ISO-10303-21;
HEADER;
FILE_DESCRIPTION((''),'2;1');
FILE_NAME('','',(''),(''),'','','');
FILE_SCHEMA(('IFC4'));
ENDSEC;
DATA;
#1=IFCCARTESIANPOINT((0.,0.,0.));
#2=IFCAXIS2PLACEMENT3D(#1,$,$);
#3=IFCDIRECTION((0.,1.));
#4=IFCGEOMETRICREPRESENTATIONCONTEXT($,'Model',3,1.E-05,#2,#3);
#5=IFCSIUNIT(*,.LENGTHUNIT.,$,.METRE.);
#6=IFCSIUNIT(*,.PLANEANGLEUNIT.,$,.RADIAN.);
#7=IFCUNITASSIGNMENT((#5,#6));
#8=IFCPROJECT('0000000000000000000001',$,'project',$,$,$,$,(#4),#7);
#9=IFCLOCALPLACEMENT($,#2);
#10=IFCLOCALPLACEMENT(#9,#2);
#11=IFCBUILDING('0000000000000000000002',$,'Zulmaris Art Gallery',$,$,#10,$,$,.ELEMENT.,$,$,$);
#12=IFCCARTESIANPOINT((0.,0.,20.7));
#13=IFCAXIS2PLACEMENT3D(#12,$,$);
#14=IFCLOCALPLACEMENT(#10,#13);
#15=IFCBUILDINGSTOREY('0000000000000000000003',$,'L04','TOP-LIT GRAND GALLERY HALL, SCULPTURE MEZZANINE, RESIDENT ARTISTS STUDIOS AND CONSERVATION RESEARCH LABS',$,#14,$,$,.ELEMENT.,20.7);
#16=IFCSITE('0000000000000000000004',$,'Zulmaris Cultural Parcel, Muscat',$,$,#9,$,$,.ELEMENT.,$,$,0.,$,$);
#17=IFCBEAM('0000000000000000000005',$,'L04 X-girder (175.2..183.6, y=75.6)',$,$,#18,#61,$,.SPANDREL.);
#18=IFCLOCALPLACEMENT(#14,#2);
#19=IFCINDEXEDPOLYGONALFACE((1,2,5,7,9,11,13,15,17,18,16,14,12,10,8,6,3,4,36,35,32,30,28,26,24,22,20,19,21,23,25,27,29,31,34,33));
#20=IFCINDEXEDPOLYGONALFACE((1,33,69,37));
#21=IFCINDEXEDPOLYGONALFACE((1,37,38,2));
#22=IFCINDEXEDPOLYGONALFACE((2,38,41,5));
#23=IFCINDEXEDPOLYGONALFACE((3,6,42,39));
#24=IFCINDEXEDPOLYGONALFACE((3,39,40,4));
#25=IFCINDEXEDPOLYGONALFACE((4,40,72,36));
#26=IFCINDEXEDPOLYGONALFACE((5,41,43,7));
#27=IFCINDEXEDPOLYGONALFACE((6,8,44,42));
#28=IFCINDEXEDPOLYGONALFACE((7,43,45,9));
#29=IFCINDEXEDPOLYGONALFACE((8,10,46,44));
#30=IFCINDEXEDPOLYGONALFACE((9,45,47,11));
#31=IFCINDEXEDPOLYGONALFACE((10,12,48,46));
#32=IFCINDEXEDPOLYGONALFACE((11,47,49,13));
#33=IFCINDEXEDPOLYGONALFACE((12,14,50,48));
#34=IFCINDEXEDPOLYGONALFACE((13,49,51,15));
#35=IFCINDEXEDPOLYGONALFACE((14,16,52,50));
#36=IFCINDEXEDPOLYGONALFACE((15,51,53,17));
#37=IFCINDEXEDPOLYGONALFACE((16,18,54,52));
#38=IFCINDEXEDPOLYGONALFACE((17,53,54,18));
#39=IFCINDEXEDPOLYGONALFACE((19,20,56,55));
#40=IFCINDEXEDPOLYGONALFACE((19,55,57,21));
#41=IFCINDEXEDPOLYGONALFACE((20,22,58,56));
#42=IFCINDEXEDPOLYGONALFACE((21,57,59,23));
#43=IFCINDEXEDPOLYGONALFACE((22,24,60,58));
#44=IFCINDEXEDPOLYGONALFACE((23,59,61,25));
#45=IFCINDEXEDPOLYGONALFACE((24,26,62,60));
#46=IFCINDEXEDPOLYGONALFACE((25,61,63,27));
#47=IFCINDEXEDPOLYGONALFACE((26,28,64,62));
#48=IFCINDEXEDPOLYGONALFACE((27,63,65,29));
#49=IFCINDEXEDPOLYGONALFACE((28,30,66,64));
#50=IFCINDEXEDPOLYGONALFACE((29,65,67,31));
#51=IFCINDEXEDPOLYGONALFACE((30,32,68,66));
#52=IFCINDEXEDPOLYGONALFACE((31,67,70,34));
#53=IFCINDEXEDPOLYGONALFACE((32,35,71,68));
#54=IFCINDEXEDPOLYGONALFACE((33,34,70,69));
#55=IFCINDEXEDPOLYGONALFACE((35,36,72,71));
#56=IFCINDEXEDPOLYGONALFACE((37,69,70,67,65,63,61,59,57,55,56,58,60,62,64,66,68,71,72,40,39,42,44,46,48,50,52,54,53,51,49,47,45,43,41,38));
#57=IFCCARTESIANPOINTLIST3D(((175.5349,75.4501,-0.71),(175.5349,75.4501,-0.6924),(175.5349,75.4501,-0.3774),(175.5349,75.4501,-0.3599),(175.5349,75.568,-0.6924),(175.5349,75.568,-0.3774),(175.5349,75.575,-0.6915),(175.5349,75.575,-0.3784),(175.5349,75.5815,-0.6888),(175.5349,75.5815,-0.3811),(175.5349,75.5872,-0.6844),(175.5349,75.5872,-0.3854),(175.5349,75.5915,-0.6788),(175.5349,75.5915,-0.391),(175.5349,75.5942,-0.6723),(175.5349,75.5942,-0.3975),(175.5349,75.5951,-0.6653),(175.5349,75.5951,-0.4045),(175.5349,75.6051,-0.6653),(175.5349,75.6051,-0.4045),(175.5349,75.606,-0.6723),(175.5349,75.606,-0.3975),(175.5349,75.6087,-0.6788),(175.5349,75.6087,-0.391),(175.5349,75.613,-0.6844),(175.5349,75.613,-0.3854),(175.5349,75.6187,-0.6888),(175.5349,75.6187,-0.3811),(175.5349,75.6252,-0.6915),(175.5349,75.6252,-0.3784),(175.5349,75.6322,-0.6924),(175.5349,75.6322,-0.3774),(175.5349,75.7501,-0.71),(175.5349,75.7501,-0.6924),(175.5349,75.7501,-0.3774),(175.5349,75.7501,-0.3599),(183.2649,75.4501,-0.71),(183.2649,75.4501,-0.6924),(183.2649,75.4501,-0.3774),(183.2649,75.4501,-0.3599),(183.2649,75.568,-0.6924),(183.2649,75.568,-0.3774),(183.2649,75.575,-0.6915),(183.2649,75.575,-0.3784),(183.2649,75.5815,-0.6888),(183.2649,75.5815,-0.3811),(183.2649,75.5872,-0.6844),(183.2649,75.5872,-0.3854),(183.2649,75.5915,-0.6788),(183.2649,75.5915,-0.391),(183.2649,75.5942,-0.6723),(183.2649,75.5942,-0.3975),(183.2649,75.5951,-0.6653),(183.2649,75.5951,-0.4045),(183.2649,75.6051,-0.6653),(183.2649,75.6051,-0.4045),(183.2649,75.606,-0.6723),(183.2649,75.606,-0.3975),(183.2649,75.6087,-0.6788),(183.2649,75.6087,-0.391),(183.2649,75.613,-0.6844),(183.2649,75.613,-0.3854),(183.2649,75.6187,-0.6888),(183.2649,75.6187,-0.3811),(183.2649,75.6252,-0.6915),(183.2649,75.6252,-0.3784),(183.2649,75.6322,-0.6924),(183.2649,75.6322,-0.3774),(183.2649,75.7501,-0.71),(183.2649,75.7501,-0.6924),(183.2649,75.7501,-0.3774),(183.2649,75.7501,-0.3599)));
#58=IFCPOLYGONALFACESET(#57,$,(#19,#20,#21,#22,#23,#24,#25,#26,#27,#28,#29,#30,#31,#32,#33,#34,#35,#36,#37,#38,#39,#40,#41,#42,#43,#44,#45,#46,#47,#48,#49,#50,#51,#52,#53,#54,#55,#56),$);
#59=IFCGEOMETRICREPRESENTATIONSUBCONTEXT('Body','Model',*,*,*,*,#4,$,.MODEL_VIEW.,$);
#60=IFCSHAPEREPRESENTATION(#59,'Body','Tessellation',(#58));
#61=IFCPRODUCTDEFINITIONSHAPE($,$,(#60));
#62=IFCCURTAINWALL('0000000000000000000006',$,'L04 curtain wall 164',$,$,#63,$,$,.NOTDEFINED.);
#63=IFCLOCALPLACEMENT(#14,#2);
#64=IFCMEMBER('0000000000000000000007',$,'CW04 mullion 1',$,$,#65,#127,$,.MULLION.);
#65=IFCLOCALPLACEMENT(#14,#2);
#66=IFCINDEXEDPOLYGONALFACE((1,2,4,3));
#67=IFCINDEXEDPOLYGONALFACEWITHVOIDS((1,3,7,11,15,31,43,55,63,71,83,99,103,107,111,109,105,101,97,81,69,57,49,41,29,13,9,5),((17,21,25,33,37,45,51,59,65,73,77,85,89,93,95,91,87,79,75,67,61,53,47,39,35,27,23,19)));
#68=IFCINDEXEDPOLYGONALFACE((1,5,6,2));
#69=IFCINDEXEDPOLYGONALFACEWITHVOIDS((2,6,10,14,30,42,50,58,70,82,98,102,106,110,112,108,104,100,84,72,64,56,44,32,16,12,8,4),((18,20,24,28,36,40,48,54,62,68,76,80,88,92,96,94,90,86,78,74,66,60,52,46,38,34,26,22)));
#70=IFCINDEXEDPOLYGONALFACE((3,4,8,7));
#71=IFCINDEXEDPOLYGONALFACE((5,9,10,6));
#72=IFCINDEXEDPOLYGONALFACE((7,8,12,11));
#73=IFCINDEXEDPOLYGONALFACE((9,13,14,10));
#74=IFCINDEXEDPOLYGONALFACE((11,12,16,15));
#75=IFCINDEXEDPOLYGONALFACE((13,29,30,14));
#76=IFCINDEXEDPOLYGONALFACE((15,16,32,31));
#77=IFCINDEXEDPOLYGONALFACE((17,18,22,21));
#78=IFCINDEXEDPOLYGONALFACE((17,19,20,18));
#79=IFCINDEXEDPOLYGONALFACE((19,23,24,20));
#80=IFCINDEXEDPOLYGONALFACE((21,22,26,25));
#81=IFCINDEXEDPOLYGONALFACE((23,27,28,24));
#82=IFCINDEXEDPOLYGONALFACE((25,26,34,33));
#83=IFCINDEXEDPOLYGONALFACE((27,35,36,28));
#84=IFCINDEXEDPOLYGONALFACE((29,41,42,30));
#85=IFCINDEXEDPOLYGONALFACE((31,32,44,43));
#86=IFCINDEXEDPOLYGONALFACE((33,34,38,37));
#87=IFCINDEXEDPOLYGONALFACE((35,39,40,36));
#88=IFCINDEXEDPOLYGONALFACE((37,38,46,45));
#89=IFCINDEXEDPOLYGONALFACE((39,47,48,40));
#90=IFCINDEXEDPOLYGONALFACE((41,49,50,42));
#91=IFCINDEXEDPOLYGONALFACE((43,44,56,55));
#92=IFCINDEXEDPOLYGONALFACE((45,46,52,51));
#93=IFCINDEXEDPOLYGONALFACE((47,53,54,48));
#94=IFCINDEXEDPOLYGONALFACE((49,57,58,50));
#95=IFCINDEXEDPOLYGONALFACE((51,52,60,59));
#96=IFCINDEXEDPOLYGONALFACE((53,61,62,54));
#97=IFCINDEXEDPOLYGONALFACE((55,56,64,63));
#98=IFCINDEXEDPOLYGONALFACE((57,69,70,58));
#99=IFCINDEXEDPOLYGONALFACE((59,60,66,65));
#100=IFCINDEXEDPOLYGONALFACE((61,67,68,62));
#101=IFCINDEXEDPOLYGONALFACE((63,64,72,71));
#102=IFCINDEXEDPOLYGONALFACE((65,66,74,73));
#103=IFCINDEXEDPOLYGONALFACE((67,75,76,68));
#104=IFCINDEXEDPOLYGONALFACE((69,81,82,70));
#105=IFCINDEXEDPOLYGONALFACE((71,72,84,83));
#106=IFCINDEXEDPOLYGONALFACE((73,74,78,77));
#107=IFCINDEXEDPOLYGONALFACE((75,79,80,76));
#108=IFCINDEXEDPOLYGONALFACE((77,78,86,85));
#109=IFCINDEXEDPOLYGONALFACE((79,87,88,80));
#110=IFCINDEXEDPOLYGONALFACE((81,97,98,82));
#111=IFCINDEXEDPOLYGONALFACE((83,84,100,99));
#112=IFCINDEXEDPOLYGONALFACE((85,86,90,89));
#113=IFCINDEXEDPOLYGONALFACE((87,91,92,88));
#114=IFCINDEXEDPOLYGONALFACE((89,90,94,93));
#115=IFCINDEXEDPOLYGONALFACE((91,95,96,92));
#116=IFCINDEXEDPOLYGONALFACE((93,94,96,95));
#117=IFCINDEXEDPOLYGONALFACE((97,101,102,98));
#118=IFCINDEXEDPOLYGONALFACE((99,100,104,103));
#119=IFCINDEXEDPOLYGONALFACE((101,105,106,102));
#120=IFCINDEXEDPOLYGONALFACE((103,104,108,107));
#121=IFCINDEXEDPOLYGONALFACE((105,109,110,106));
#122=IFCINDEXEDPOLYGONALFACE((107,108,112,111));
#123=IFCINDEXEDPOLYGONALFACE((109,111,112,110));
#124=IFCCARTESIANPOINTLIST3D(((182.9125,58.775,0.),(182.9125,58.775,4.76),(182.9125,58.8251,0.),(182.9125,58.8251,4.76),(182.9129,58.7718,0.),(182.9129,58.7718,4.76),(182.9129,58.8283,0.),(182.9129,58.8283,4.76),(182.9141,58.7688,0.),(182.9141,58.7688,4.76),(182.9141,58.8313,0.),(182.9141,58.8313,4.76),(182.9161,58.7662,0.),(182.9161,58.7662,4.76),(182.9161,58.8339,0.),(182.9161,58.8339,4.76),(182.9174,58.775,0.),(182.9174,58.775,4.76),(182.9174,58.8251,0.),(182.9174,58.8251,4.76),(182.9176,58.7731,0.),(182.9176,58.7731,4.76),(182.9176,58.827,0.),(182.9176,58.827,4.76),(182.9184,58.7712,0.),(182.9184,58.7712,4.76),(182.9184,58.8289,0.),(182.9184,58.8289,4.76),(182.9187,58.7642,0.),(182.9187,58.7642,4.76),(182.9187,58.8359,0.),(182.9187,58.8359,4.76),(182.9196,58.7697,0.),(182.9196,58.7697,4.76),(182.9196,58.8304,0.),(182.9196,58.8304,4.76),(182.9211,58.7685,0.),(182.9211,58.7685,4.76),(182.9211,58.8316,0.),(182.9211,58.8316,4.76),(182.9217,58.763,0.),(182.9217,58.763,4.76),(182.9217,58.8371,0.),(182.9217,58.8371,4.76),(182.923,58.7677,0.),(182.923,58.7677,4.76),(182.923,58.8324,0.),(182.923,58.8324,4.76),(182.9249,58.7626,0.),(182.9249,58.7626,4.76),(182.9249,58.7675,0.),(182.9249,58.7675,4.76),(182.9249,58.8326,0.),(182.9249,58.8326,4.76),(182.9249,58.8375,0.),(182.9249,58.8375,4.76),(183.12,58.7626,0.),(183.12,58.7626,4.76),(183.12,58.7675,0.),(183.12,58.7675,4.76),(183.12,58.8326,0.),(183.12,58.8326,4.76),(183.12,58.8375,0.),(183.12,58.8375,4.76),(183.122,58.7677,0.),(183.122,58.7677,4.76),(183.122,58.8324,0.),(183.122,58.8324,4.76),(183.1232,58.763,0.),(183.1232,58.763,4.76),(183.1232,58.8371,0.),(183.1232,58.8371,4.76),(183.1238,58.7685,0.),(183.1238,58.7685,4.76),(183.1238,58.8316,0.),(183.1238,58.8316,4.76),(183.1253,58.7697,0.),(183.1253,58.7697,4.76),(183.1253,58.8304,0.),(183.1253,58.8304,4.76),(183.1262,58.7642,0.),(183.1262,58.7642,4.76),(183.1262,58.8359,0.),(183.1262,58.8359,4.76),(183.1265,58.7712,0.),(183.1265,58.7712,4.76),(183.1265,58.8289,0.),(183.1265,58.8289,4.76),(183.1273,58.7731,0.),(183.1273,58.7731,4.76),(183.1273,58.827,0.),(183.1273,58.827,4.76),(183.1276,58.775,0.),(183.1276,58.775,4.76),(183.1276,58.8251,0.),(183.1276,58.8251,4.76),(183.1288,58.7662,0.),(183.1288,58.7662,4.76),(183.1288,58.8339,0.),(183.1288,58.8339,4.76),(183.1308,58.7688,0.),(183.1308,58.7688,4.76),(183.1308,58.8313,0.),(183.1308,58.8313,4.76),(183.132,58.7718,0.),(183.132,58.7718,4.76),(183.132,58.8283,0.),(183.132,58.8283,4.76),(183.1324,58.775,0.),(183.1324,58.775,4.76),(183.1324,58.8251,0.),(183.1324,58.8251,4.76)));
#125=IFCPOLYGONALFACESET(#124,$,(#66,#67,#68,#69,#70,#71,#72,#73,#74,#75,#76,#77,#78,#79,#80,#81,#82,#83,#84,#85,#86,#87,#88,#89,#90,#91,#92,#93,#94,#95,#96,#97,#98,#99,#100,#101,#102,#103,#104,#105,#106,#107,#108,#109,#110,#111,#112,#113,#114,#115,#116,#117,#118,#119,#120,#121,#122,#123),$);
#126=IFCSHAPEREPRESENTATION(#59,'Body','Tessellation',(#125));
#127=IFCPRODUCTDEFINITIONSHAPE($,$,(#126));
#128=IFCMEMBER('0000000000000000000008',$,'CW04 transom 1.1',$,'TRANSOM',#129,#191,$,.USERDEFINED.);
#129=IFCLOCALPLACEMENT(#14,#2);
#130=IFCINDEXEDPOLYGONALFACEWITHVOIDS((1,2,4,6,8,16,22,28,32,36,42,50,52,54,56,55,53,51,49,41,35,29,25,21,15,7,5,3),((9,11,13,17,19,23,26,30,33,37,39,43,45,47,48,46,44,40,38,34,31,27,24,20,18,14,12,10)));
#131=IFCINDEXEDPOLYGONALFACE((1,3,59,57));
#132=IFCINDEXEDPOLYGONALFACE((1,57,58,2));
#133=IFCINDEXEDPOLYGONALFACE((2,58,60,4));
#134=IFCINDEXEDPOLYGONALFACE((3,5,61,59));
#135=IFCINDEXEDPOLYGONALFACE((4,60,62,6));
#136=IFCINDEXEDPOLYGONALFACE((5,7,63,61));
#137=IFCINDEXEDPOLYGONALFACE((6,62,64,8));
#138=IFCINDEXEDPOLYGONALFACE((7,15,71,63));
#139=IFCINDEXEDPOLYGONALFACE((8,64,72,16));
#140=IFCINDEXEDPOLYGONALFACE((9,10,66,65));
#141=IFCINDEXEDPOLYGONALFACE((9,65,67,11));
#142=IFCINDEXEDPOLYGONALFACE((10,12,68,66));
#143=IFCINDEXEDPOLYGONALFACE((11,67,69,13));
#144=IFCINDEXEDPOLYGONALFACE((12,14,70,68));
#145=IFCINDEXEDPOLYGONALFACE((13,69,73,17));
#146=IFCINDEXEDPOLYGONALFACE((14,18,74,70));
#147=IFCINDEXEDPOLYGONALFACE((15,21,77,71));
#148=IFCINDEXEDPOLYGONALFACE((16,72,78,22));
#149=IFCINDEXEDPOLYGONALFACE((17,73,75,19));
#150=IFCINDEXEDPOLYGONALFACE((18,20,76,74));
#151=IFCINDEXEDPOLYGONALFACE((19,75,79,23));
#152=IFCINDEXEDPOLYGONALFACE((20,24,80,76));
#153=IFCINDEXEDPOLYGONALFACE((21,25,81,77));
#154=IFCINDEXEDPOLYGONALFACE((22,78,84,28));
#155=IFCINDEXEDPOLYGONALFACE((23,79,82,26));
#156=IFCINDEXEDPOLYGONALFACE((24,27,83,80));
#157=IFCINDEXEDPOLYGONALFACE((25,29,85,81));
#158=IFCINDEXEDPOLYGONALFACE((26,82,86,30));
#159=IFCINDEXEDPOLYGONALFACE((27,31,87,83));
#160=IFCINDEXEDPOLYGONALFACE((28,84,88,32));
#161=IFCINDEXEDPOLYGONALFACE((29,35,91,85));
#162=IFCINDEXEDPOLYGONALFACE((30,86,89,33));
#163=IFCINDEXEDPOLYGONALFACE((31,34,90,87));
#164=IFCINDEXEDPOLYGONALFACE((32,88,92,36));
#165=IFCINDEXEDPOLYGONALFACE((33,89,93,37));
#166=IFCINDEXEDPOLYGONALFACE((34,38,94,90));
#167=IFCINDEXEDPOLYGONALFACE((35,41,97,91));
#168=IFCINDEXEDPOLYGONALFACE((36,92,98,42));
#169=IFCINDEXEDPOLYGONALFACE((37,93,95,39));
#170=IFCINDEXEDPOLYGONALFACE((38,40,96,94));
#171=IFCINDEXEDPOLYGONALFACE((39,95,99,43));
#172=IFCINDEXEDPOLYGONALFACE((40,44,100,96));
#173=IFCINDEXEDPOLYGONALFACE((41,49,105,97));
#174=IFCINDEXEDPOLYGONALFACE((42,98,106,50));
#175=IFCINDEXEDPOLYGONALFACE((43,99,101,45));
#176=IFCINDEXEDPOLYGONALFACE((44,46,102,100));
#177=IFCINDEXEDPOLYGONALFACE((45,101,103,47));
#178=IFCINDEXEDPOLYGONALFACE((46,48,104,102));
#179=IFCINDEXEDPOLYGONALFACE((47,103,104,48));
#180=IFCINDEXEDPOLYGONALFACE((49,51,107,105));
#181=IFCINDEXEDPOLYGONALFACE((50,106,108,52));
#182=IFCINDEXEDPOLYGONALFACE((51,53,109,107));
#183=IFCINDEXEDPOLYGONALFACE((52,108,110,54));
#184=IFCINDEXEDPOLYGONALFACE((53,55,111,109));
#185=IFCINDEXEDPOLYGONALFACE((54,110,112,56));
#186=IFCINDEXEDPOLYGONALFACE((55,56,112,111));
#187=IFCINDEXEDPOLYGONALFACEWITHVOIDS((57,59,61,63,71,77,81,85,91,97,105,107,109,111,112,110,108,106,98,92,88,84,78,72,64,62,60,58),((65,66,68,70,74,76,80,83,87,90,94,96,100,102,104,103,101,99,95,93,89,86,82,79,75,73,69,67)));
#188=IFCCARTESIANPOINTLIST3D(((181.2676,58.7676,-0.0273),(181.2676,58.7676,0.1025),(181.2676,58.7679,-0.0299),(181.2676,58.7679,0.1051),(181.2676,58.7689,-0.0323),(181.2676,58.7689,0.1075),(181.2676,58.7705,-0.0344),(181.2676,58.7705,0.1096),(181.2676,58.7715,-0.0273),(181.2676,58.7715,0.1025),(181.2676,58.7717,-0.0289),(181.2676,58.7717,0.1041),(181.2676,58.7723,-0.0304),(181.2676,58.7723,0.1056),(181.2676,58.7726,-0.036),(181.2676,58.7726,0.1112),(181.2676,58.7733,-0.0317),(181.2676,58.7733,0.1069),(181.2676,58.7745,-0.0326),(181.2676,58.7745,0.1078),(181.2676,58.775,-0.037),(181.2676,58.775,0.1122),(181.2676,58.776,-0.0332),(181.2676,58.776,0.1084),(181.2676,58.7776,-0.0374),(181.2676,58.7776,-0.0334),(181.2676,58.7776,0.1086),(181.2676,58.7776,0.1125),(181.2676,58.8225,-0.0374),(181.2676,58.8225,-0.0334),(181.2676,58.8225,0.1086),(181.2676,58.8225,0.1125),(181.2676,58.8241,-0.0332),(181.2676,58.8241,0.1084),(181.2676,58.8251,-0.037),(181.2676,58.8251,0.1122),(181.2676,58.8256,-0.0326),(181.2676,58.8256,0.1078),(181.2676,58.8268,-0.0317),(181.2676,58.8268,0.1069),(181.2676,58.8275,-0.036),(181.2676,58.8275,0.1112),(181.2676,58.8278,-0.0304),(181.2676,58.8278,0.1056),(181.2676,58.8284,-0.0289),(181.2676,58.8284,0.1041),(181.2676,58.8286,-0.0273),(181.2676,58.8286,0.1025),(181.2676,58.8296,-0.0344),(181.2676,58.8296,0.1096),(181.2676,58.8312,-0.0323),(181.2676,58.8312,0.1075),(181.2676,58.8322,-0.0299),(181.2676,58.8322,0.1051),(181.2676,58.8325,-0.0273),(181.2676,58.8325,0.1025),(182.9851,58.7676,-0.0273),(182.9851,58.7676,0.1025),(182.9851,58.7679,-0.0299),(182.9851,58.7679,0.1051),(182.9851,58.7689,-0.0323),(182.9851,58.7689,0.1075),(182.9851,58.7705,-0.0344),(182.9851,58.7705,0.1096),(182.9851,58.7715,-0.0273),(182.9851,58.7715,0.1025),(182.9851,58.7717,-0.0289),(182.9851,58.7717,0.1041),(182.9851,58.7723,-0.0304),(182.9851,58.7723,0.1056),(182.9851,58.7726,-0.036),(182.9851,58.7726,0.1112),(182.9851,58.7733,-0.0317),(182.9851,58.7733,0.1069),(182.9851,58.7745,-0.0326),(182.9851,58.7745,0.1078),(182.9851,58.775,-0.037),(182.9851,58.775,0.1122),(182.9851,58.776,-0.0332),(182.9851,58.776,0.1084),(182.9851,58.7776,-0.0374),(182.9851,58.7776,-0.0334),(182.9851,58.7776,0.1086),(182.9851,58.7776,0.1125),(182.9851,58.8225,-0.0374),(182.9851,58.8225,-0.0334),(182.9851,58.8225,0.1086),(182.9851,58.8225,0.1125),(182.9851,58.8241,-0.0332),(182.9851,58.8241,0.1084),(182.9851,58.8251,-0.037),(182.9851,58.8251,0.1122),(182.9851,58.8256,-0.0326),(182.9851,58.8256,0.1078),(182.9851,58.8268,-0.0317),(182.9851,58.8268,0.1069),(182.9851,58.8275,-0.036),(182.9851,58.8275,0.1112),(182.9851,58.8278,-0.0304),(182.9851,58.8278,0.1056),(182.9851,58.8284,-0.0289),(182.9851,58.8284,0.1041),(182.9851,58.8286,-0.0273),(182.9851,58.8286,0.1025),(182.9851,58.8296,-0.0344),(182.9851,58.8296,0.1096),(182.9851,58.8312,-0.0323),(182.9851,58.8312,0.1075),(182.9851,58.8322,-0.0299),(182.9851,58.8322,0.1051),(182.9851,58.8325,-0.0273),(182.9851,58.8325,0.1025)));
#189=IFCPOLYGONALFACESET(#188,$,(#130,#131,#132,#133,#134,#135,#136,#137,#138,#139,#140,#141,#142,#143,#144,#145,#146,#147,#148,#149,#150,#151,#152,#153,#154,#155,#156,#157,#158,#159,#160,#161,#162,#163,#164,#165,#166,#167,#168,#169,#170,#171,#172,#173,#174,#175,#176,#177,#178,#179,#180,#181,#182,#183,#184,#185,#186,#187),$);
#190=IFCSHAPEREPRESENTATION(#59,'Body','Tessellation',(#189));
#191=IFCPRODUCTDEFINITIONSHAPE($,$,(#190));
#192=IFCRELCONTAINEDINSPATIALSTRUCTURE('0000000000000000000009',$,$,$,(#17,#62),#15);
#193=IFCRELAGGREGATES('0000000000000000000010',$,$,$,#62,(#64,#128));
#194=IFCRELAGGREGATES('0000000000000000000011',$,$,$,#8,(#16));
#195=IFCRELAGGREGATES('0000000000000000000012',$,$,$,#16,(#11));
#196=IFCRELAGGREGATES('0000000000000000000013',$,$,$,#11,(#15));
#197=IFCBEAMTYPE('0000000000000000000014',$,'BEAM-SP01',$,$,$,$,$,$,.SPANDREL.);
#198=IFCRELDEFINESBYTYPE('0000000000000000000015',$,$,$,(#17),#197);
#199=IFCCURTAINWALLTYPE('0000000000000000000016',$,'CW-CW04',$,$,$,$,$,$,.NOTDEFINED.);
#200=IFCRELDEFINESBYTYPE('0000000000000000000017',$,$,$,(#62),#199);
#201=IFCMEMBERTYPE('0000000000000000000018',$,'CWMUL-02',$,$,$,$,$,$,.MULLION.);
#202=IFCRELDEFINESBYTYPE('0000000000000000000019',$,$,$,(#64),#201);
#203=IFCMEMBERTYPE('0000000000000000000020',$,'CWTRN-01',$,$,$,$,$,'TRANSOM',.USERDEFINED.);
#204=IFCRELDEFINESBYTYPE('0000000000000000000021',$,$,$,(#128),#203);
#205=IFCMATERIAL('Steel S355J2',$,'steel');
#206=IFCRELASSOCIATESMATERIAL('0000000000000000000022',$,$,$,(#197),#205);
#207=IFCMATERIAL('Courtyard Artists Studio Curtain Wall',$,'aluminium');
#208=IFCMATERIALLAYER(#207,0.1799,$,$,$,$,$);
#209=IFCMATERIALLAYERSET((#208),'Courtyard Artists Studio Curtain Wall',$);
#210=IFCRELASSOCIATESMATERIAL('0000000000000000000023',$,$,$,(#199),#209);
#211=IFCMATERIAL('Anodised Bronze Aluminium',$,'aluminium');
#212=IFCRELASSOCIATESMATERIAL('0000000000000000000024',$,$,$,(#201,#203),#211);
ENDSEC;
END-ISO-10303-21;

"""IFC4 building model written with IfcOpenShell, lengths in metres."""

from ifc_helpers import new_model, si_unit, direction, frame, origin, origin_2d, place, context, subcontext, project, spatial, hollow_rectangle, i_section, extrude, material, layer, layer_set, material_profile, profile_set, type_object, element, aggregate, save


model = new_model("IFC4")

# Units and contexts
model_context = context("Model", 3, precision=1e-05, world=origin(), true_north=direction((0.0, 1.0)))
body_context = subcontext(model_context, "Body", "Model", "MODEL_VIEW")
ifc_project = project(units=[si_unit("LENGTHUNIT", "METRE"), si_unit("PLANEANGLEUNIT", "RADIAN")], contexts=[model_context])

# Site, building, storey
site_placement = place(None, origin())
site = spatial("IfcSite", under=ifc_project, at=site_placement, Name="Zulmaris Cultural Parcel, Muscat", CompositionType="ELEMENT", RefElevation=0.0)
building_placement = place(site_placement, origin())
building = spatial("IfcBuilding", under=site, at=building_placement, Name="Zulmaris Art Gallery", CompositionType="ELEMENT")
storey_placement = place(building_placement, frame((0.0, 0.0, 20.7)))
storey = spatial("IfcBuildingStorey", under=building, at=storey_placement, Name="L04", Description="TOP-LIT GRAND GALLERY HALL, SCULPTURE MEZZANINE, RESIDENT ARTISTS STUDIOS AND CONSERVATION RESEARCH LABS", CompositionType="ELEMENT", Elevation=20.7)

# Beam
ifc_material_1 = material(Name="Steel S355J2", Category="steel")
ifc_material_profile_1 = material_profile(ifc_material_1, i_section(OverallWidth=0.3, OverallDepth=0.3501, WebThickness=0.01, FlangeThickness=0.0176, FilletRadius=0.0271, at=origin_2d()), Name="HEA 360")
ifc_profile_set_1 = profile_set([ifc_material_profile_1], Name="Steel S355J2")
beam_type_1 = type_object("IfcBeamType", Name="BEAM-SP01", PredefinedType="SPANDREL", material=ifc_profile_set_1)
beam_1_placement = place(storey_placement, frame((175.5349, 75.6001, -0.5349), z_axis=(1.0, 0.0, 0.0), x_axis=(0.0, 1.0, 0.0)))
element("IfcBeam", 1, at=beam_1_placement, inside=storey, type_object=beam_type_1, Name="L04 X-girder (175.2..183.6, y=75.6)", PredefinedType="SPANDREL", context=body_context, shape_type="SweptSolid", body=[
    extrude(i_section(OverallWidth=0.3, OverallDepth=0.3501, WebThickness=0.01, FlangeThickness=0.0176, FilletRadius=0.0271, at=origin_2d()), origin(), (0.0, 0.0, 1.0), 7.73),
])

# Curtain wall, members
ifc_material_2 = material(Name="Courtyard Artists Studio Curtain Wall", Category="aluminium")
ifc_layer_1 = layer(ifc_material_2, 0.1799)
ifc_layer_set_1 = layer_set([ifc_layer_1], Name="Courtyard Artists Studio Curtain Wall")
curtain_wall_type = type_object("IfcCurtainWallType", Name="CW-CW04", PredefinedType="NOTDEFINED", material=ifc_layer_set_1)
curtain_wall_placement = place(storey_placement, origin())
curtain_wall = element("IfcCurtainWall", 2, at=curtain_wall_placement, inside=storey, type_object=curtain_wall_type, Name="L04 curtain wall 164", PredefinedType="NOTDEFINED")
ifc_material_3 = material(Name="Anodised Bronze Aluminium", Category="aluminium")
ifc_material_profile_2 = material_profile(ifc_material_3, hollow_rectangle(XDim=0.075, YDim=0.22, WallThickness=0.0049, InnerFilletRadius=0.0076, OuterFilletRadius=0.0125, at=origin_2d()), Name="ALU 75x220x5")
ifc_profile_set_2 = profile_set([ifc_material_profile_2], Name="Anodised Bronze Aluminium")
member_type_1 = type_object("IfcMemberType", Name="CWMUL-02", PredefinedType="MULLION", material=ifc_profile_set_2)
member_1_placement = place(storey_placement, frame((183.0225, 58.8, 0.0), z_axis=(0.0, 0.0, 1.0), x_axis=(0.0, -1.0, 0.0)))
member_1 = element("IfcMember", 3, at=member_1_placement, type_object=member_type_1, Name="CW04 mullion 1", PredefinedType="MULLION", context=body_context, shape_type="SweptSolid", body=[
    extrude(hollow_rectangle(XDim=0.075, YDim=0.22, WallThickness=0.0049, InnerFilletRadius=0.0076, OuterFilletRadius=0.0125, at=origin_2d()), origin(), (0.0, 0.0, 1.0), 4.76),
])
ifc_material_profile_3 = material_profile(ifc_material_3, hollow_rectangle(XDim=0.0649, YDim=0.1499, WallThickness=0.0039, InnerFilletRadius=0.0061, OuterFilletRadius=0.01, at=origin_2d()), Name="ALU 65x150x4")
ifc_profile_set_3 = profile_set([ifc_material_profile_3], Name="Anodised Bronze Aluminium")
member_type_2 = type_object("IfcMemberType", Name="CWTRN-01", ElementType="TRANSOM", PredefinedType="USERDEFINED", material=ifc_profile_set_3)
member_2_placement = place(storey_placement, frame((182.9851, 58.8, 0.0376), z_axis=(-1.0, 0.0, 0.0), x_axis=(0.0, -1.0, 0.0)))
member_2 = element("IfcMember", 4, at=member_2_placement, type_object=member_type_2, Name="CW04 transom 1.1", ObjectType="TRANSOM", PredefinedType="USERDEFINED", context=body_context, shape_type="SweptSolid", body=[
    extrude(hollow_rectangle(XDim=0.0649, YDim=0.1499, WallThickness=0.0039, InnerFilletRadius=0.0061, OuterFilletRadius=0.01, at=origin_2d()), origin(), (0.0, 0.0, 1.0), 1.7175),
])
aggregate(curtain_wall, [member_1, member_2])

save(model, "model.ifc")
